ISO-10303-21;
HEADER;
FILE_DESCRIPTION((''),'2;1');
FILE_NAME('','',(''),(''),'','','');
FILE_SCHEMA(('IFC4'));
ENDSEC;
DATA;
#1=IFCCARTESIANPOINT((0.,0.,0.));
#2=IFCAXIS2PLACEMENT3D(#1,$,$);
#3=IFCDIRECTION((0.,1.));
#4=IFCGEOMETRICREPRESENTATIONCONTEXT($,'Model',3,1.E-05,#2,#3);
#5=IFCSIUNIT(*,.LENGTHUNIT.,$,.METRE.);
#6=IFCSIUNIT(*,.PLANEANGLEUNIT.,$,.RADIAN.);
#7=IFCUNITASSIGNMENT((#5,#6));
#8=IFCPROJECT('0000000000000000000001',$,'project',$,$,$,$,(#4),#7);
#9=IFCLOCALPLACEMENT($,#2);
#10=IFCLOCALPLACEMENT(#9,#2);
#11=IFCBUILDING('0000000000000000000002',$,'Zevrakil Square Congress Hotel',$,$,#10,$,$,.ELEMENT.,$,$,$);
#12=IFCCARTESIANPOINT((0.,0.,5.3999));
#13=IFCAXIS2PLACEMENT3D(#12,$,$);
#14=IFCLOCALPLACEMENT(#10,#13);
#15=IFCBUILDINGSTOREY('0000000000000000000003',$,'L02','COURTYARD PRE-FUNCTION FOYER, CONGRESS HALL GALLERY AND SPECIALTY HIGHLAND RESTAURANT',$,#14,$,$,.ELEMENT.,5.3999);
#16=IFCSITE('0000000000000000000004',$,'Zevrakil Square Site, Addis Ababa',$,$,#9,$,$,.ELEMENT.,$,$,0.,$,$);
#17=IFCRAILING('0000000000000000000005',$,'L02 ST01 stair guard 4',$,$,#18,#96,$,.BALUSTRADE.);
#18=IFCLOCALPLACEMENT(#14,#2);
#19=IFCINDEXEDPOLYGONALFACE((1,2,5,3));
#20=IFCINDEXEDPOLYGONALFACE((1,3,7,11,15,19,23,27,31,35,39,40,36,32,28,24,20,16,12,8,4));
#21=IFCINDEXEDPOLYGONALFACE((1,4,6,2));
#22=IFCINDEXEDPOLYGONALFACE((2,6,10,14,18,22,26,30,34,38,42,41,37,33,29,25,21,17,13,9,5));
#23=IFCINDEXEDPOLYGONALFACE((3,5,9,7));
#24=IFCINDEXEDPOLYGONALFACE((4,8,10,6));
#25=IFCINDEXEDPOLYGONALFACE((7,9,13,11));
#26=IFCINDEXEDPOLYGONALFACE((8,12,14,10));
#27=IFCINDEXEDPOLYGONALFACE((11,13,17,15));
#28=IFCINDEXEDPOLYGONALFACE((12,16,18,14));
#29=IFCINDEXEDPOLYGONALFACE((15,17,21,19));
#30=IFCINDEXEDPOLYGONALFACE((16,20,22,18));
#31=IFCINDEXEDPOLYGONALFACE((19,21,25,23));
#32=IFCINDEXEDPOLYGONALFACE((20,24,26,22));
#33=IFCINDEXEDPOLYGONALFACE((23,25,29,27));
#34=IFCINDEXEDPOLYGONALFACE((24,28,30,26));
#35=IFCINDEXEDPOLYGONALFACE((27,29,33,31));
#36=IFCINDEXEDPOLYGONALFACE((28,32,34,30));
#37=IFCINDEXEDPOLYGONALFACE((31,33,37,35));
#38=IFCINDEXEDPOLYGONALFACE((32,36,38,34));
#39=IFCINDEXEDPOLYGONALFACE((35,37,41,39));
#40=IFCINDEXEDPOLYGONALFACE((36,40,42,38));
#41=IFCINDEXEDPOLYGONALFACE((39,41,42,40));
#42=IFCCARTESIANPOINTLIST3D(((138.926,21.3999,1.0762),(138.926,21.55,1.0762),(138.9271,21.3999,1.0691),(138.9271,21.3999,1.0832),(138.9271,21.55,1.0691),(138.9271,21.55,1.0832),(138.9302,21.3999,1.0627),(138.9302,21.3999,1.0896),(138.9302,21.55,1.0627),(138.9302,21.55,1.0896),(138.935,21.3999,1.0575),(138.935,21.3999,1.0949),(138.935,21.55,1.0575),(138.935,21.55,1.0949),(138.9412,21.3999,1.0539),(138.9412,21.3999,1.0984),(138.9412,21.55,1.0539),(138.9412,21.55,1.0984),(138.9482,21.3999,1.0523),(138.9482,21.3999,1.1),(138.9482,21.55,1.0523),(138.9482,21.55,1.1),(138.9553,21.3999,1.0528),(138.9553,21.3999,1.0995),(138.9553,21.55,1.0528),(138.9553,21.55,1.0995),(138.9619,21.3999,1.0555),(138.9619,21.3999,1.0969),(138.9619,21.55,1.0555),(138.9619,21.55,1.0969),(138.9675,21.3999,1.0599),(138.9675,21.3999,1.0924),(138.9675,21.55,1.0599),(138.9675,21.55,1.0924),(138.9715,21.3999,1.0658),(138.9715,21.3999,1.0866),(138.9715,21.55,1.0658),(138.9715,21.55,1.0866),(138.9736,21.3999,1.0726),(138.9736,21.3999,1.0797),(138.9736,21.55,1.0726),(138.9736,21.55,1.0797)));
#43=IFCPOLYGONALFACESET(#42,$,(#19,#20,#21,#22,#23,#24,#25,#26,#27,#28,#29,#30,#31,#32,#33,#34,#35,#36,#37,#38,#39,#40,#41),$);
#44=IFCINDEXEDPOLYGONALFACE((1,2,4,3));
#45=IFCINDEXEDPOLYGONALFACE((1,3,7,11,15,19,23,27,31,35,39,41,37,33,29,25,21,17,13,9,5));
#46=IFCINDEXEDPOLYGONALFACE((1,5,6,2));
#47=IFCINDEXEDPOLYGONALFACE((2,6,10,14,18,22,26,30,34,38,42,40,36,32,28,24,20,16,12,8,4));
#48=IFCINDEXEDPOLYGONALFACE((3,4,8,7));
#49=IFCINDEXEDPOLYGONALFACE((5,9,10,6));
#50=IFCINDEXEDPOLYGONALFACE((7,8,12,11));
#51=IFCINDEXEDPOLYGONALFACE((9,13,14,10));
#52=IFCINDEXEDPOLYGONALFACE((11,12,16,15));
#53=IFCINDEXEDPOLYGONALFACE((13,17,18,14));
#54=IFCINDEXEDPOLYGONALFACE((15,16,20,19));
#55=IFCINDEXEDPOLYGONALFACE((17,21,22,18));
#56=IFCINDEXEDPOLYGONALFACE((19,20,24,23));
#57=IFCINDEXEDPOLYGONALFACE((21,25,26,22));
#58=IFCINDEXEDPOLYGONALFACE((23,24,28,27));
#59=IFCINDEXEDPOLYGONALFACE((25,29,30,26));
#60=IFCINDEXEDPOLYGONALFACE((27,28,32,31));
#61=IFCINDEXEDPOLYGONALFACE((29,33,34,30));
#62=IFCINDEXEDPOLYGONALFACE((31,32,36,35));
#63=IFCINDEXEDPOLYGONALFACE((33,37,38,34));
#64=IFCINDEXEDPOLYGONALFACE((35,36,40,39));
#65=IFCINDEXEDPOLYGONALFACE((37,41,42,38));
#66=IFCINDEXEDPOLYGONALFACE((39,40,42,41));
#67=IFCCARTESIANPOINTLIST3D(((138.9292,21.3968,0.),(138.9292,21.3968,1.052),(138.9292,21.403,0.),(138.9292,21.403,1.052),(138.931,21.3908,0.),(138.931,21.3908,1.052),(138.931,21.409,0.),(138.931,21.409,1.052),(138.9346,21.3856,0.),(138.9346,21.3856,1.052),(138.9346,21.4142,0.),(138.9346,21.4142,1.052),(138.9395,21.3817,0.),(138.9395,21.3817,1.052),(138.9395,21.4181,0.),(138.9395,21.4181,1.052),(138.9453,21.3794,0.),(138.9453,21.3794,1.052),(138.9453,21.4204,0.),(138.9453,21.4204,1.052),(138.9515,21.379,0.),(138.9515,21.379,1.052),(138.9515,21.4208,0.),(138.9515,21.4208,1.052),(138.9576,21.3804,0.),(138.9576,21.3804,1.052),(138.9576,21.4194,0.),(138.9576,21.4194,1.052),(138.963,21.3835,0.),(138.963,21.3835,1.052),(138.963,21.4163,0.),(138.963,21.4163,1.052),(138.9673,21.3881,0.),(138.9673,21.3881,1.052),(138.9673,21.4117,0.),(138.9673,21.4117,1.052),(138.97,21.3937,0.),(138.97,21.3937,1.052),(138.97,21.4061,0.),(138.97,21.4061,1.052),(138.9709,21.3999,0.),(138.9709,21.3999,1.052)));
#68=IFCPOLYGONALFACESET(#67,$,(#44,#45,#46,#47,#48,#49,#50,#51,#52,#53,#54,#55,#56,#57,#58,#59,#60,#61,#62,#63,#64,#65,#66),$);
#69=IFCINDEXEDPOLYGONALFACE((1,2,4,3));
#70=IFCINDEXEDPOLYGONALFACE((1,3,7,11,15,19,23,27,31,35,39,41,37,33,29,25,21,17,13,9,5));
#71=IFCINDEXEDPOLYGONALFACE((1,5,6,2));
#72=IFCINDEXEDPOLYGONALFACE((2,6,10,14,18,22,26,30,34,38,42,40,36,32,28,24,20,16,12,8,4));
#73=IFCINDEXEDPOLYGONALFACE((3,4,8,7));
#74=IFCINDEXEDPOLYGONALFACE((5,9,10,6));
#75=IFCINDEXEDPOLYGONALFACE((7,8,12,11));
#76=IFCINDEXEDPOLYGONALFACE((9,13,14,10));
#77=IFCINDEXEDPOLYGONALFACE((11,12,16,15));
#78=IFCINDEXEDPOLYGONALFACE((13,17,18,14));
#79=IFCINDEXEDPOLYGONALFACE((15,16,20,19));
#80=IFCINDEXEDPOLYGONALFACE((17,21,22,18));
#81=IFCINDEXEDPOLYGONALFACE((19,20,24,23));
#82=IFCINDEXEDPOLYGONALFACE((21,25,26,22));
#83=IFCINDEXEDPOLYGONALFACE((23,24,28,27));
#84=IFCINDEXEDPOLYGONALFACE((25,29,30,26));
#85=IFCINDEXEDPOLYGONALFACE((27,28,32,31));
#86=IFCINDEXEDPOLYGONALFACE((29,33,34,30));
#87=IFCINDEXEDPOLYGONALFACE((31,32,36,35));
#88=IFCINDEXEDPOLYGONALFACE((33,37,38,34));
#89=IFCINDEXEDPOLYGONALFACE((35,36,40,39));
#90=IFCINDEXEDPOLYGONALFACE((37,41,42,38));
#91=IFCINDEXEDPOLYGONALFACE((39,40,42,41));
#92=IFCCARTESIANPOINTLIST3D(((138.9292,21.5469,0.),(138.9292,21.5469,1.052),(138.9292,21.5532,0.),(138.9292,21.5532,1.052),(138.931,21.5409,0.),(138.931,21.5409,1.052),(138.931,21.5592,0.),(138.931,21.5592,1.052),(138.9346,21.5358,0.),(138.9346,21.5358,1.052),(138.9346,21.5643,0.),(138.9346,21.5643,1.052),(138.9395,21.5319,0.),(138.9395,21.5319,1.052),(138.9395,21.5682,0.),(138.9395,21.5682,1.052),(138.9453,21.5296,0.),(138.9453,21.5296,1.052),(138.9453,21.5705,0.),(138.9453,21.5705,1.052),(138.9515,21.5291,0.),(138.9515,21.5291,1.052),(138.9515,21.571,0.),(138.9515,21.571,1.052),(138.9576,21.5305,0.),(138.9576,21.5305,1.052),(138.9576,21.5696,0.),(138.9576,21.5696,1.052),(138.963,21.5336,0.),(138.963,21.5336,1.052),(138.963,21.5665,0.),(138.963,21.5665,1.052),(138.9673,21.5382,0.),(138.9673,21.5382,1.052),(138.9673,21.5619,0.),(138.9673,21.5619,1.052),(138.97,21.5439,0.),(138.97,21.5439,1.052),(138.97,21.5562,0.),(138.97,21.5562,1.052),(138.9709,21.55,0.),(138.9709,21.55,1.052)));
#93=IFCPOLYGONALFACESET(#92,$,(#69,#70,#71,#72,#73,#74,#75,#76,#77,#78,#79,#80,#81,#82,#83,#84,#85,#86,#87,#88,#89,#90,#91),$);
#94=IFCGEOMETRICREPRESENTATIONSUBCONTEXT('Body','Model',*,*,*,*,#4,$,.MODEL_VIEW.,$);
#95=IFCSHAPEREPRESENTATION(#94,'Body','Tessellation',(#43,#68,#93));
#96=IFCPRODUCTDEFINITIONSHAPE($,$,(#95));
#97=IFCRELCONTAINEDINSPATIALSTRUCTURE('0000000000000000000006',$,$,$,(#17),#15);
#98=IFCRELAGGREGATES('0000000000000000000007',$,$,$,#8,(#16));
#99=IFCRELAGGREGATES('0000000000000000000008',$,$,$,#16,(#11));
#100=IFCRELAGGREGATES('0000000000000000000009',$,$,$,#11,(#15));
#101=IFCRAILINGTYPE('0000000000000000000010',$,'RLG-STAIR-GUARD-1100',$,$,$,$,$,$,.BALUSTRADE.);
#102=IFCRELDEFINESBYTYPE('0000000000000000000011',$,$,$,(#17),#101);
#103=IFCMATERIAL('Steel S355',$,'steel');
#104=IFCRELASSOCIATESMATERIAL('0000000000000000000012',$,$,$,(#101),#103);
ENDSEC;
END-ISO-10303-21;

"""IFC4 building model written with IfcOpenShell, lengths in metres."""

from ifc_helpers import new_model, si_unit, direction, frame, origin, origin_2d, place, context, subcontext, project, spatial, circle, extrude, material, type_object, element, save


model = new_model("IFC4")

# Units and contexts
model_context = context("Model", 3, precision=1e-05, world=origin(), true_north=direction((0.0, 1.0)))
body_context = subcontext(model_context, "Body", "Model", "MODEL_VIEW")
ifc_project = project(units=[si_unit("LENGTHUNIT", "METRE"), si_unit("PLANEANGLEUNIT", "RADIAN")], contexts=[model_context])

# Site, building, storey
site_placement = place(None, origin())
site = spatial("IfcSite", under=ifc_project, at=site_placement, Name="Zevrakil Square Site, Addis Ababa", CompositionType="ELEMENT", RefElevation=0.0)
building_placement = place(site_placement, origin())
building = spatial("IfcBuilding", under=site, at=building_placement, Name="Zevrakil Square Congress Hotel", CompositionType="ELEMENT")
storey_placement = place(building_placement, frame((0.0, 0.0, 5.3999)))
storey = spatial("IfcBuildingStorey", under=building, at=storey_placement, Name="L02", Description="COURTYARD PRE-FUNCTION FOYER, CONGRESS HALL GALLERY AND SPECIALTY HIGHLAND RESTAURANT", CompositionType="ELEMENT", Elevation=5.3999)

# Railing
ifc_material_1 = material(Name="Steel S355", Category="steel")
railing_type_1 = type_object("IfcRailingType", Name="RLG-STAIR-GUARD-1100", PredefinedType="BALUSTRADE", material=ifc_material_1)
railing_1_placement = place(storey_placement, frame((138.95, 21.3999, 0.0)))
element("IfcRailing", 1, at=railing_1_placement, inside=storey, type_object=railing_type_1, Name="L02 ST01 stair guard 4", PredefinedType="BALUSTRADE", context=body_context, shape_type="SweptSolid", body=[
    extrude(circle(Radius=0.0239, at=origin_2d()), frame((0.0, 0.0, 1.0762), z_axis=(0.0, 1.0, 0.0), x_axis=(-1.0, 0.0, 0.0)), (0.0, 0.0, 1.0), 0.1501),
    extrude(circle(Radius=0.021, at=origin_2d()), origin(), (0.0, 0.0, 1.0), 1.052),
    extrude(circle(Radius=0.021, at=origin_2d()), frame((0.0, 0.1501, 0.0)), (0.0, 0.0, 1.0), 1.052),
])

save(model, "model.ifc")
